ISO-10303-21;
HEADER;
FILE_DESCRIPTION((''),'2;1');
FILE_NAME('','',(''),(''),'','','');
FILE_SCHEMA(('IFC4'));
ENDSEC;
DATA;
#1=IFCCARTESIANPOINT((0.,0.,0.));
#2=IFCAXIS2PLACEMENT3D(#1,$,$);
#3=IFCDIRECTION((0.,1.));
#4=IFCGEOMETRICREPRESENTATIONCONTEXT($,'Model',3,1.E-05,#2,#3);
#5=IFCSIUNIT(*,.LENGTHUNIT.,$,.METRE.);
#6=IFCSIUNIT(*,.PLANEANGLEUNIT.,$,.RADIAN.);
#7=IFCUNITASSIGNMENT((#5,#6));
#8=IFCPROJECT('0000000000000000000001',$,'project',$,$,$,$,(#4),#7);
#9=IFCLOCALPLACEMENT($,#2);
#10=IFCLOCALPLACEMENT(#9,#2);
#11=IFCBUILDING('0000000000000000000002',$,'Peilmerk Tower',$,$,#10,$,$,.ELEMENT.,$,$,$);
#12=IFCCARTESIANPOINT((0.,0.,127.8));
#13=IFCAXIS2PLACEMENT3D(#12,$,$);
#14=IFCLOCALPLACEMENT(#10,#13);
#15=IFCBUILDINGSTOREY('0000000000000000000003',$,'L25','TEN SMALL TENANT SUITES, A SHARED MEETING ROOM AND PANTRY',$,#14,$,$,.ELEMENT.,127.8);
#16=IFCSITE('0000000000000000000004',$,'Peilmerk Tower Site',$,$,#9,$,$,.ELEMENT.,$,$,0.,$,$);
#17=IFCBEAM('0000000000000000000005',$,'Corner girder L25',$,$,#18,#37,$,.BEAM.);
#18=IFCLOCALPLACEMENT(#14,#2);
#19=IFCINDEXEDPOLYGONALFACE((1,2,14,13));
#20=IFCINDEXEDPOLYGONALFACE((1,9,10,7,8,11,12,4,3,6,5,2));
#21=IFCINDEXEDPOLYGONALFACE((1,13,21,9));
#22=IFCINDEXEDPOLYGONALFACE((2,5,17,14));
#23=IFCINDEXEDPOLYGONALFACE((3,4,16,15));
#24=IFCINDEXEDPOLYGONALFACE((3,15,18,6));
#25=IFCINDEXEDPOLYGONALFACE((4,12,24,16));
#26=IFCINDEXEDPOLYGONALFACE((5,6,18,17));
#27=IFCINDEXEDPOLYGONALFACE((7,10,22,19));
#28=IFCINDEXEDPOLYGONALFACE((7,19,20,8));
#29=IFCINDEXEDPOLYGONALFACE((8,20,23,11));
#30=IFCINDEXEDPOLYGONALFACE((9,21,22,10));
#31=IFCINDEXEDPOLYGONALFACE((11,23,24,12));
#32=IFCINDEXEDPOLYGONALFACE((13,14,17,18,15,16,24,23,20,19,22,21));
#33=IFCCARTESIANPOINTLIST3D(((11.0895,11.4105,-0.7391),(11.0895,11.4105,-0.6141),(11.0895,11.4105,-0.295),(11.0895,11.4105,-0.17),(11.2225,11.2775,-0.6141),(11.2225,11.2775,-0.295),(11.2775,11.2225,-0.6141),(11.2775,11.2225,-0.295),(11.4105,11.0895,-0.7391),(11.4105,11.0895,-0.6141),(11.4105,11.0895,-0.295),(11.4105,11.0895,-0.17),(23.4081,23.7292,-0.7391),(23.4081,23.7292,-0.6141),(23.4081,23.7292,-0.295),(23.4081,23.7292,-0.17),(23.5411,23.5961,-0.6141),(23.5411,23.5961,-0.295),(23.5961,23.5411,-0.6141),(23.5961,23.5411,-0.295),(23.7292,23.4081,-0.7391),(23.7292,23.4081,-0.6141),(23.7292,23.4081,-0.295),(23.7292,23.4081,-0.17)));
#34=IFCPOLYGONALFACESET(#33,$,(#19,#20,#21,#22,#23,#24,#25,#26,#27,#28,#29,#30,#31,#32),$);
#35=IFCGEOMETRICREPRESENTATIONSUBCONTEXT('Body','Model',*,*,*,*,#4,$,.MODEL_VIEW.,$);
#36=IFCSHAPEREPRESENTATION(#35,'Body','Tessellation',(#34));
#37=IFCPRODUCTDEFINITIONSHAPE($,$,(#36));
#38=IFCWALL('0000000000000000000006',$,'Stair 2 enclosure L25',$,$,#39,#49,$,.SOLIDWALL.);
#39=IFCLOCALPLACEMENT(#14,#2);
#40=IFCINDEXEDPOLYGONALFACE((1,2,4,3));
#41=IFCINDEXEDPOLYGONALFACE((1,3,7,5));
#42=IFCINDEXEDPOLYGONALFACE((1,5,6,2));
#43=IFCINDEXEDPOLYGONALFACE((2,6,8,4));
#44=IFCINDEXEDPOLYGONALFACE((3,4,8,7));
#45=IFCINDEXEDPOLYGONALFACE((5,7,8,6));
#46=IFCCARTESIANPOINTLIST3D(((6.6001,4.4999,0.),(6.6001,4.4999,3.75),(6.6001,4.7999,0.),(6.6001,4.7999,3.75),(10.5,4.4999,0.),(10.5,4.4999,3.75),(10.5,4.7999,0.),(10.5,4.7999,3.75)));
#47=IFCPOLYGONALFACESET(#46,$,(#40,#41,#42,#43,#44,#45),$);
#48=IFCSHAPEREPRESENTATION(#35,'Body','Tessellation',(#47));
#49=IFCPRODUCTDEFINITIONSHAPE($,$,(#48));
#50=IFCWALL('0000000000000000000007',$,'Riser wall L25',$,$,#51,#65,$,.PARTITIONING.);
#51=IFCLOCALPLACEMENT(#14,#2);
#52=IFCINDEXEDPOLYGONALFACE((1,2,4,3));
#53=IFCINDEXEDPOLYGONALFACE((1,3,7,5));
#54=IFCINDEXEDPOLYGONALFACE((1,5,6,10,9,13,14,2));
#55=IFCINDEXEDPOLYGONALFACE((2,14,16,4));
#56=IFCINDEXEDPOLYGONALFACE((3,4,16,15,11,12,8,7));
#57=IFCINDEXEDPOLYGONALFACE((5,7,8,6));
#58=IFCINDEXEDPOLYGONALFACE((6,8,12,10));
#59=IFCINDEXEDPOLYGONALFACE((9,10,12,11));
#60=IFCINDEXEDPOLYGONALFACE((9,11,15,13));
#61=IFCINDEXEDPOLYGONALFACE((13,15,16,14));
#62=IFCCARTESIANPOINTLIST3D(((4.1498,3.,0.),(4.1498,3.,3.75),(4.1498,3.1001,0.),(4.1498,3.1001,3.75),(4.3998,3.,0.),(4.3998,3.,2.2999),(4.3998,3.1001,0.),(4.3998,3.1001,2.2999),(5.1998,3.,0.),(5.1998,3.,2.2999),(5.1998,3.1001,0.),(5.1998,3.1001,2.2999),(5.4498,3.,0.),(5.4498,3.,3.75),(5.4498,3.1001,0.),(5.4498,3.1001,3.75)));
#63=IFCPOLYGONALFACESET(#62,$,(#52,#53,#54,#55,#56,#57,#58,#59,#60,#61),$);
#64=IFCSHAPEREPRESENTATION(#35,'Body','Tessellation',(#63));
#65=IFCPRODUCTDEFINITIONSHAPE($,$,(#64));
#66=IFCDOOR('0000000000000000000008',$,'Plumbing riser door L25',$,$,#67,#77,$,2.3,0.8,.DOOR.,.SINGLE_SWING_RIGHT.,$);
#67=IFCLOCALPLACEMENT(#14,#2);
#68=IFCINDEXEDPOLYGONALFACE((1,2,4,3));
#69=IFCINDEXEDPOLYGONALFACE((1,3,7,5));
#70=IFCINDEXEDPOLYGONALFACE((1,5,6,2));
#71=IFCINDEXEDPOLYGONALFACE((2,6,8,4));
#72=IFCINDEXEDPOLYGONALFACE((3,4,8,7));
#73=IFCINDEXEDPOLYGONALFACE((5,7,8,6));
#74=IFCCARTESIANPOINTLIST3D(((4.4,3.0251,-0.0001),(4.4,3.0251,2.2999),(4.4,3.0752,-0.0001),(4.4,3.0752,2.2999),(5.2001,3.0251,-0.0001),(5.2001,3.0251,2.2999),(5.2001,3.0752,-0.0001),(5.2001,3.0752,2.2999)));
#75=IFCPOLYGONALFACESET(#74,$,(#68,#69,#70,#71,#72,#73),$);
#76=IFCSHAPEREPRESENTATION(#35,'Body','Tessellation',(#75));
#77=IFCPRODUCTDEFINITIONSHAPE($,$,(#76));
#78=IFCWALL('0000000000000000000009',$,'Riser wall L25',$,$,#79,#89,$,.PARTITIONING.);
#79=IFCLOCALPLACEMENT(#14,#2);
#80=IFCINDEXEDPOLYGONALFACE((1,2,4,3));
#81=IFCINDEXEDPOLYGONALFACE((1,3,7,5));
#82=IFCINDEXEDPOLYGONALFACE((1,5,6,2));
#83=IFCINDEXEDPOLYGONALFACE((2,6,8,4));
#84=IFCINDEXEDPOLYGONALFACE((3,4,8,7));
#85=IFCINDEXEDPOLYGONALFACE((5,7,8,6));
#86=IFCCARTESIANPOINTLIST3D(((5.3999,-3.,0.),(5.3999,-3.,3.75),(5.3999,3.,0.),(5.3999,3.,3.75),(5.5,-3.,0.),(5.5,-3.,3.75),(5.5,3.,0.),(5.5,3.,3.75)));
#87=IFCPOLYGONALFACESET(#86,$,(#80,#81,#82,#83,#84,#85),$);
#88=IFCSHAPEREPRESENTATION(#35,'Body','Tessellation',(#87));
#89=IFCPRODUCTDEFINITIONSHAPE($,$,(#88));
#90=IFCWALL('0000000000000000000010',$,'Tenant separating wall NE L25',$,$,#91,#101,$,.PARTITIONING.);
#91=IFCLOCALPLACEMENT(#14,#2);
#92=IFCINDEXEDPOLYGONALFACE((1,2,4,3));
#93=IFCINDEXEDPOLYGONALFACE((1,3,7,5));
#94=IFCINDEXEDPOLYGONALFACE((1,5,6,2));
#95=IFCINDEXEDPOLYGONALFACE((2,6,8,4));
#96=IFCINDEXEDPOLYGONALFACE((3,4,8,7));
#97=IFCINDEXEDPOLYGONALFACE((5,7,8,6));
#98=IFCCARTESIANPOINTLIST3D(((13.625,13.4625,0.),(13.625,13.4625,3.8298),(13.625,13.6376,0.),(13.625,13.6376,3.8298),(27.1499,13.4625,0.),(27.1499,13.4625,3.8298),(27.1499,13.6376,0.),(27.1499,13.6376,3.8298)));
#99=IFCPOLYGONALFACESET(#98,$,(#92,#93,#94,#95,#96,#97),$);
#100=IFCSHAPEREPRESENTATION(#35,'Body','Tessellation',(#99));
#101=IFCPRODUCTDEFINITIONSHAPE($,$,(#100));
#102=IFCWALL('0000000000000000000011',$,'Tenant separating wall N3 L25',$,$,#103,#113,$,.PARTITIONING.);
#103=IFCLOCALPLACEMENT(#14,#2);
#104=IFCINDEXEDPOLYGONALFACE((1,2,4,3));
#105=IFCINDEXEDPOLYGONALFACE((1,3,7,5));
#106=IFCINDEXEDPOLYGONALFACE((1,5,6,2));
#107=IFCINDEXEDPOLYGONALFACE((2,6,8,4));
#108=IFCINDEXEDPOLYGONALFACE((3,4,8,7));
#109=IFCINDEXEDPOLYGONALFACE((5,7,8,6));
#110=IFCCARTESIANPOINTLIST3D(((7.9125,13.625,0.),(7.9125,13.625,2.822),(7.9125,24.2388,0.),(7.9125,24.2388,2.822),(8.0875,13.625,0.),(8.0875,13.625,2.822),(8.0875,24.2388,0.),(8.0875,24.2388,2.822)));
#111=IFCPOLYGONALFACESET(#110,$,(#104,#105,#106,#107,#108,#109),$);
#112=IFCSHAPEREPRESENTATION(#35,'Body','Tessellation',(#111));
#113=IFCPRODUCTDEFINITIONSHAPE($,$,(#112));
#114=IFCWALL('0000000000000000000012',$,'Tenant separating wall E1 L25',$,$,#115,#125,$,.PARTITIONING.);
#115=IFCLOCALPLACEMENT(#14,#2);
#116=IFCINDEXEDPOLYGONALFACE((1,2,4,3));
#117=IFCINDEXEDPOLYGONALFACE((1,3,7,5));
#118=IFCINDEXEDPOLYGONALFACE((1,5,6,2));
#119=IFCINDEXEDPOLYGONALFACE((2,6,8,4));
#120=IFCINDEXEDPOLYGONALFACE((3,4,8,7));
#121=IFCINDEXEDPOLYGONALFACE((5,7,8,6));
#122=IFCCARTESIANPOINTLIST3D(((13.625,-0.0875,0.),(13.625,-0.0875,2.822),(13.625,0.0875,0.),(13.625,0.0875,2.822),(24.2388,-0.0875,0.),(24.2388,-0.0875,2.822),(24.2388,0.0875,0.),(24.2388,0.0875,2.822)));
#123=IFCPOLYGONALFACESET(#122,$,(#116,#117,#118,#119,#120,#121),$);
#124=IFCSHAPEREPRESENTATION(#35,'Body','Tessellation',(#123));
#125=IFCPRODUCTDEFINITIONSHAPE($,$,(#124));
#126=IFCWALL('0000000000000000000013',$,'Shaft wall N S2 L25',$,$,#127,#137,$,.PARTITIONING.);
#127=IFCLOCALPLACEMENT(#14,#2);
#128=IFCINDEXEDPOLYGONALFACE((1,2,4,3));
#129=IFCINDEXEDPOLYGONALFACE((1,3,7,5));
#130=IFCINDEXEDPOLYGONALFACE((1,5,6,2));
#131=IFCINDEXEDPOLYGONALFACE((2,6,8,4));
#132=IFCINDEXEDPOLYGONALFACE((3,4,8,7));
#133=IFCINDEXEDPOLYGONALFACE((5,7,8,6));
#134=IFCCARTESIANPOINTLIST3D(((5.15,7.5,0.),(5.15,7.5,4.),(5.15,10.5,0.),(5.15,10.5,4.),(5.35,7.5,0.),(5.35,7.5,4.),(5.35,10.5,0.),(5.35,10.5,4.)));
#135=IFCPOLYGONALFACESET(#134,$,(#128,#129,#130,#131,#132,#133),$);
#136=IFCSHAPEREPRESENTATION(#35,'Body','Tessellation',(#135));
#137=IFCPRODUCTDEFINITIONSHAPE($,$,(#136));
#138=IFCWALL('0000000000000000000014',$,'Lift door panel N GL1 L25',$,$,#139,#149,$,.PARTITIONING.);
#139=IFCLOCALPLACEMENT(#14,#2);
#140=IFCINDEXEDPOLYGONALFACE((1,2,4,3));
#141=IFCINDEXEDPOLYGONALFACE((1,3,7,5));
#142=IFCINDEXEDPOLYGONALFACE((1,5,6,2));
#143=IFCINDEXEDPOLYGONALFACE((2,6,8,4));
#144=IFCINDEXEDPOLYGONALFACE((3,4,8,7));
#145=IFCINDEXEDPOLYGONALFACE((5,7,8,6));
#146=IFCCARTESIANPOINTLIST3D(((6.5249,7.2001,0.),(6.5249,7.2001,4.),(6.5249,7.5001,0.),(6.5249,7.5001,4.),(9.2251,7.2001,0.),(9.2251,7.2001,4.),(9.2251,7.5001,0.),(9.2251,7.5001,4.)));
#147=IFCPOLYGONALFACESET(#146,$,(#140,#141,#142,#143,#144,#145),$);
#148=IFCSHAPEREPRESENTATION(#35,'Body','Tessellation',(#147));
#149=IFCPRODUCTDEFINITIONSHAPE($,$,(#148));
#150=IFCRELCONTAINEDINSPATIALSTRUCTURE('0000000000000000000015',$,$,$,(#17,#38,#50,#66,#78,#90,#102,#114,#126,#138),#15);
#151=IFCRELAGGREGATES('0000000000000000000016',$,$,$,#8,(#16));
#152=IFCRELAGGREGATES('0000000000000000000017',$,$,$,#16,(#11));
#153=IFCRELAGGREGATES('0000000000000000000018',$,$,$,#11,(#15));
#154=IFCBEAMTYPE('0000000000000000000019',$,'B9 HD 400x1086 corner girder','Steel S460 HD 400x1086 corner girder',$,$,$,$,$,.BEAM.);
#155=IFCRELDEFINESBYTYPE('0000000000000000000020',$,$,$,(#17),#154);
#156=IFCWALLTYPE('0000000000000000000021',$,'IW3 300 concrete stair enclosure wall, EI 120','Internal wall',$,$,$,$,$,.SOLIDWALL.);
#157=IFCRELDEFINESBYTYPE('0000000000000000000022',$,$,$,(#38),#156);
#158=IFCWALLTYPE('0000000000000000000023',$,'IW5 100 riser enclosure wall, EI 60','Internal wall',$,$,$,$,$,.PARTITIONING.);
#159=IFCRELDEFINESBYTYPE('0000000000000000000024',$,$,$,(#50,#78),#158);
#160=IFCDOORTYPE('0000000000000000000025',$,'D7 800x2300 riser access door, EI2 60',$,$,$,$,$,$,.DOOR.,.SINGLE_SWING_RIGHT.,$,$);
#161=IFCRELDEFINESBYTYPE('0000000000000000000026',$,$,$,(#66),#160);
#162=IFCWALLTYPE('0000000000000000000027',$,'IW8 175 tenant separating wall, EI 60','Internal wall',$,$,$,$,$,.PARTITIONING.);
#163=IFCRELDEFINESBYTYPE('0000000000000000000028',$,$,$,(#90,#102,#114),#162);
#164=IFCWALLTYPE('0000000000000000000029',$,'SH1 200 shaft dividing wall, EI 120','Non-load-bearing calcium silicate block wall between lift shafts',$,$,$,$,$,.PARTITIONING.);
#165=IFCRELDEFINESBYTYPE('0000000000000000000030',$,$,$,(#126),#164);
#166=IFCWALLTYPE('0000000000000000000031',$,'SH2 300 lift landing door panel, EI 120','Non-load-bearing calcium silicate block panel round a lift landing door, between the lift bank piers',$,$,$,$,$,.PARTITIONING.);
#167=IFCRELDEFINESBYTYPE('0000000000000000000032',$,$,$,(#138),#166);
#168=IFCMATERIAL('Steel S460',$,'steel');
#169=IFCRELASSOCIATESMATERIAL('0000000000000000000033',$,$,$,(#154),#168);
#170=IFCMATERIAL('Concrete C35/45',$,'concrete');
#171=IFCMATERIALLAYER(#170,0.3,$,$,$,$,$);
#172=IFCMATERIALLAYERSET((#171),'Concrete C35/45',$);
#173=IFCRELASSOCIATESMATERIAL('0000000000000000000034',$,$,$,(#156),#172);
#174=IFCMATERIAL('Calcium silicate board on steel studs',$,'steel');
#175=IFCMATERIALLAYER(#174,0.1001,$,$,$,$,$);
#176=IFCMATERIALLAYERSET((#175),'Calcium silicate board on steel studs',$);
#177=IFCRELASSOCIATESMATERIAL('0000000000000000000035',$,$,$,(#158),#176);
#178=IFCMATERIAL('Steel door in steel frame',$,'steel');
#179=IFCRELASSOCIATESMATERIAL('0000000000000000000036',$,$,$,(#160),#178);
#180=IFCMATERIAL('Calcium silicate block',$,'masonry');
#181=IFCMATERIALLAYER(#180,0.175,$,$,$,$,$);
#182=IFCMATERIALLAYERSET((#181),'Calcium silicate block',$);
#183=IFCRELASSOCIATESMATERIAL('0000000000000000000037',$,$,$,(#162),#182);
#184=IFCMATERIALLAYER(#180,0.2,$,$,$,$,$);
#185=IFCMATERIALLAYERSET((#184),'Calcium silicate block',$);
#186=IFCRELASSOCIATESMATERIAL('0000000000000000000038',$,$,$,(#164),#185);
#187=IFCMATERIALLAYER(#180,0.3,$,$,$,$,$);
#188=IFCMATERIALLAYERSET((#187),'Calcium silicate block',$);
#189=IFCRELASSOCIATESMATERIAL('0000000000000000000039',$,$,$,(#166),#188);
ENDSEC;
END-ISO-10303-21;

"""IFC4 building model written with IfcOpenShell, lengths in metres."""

from ifc_helpers import new_model, si_unit, direction, frame, frame_2d, origin, origin_2d, place, context, subcontext, project, spatial, rectangle, i_section, extrude, material, layer, layer_set, material_profile, profile_set, type_object, element, fill, save


model = new_model("IFC4")

# Units and contexts
model_context = context("Model", 3, precision=1e-05, world=origin(), true_north=direction((0.0, 1.0)))
body_context = subcontext(model_context, "Body", "Model", "MODEL_VIEW")
ifc_project = project(units=[si_unit("LENGTHUNIT", "METRE"), si_unit("PLANEANGLEUNIT", "RADIAN")], contexts=[model_context])

# Site, building, storey
site_placement = place(None, origin())
site = spatial("IfcSite", under=ifc_project, at=site_placement, Name="Peilmerk Tower Site", CompositionType="ELEMENT", RefElevation=0.0)
building_placement = place(site_placement, origin())
building = spatial("IfcBuilding", under=site, at=building_placement, Name="Peilmerk Tower", CompositionType="ELEMENT")
storey_placement = place(building_placement, frame((0.0, 0.0, 127.8)))
storey = spatial("IfcBuildingStorey", under=building, at=storey_placement, Name="L25", Description="TEN SMALL TENANT SUITES, A SHARED MEETING ROOM AND PANTRY", CompositionType="ELEMENT", Elevation=127.8)

# Beam
ifc_material_1 = material(Name="Steel S460", Category="steel")
ifc_material_profile_1 = material_profile(ifc_material_1, i_section(OverallWidth=0.4541, OverallDepth=0.5691, WebThickness=0.0779, FlangeThickness=0.125, at=origin_2d()), Name="HD 400x1086")
ifc_profile_set_1 = profile_set([ifc_material_profile_1], Name="Steel S460")
beam_type_1 = type_object("IfcBeamType", Name="B9 HD 400x1086 corner girder", Description="Steel S460 HD 400x1086 corner girder", PredefinedType="BEAM", material=ifc_profile_set_1)
beam_placement = place(storey_placement, frame((11.25, 11.25, -0.4546), z_axis=(0.707107, 0.707107, 0.0), x_axis=(-0.707107, 0.707107, 0.0)))
element("IfcBeam", 1, at=beam_placement, inside=storey, type_object=beam_type_1, Name="Corner girder L25", PredefinedType="BEAM", context=body_context, shape_type="SweptSolid", body=[
    extrude(i_section(OverallWidth=0.4541, OverallDepth=0.5691, WebThickness=0.0779, FlangeThickness=0.125, at=origin_2d()), origin(), (0.0, 0.0, 1.0), 17.4211),
])

# Wall
ifc_material_2 = material(Name="Concrete C35/45", Category="concrete")
ifc_layer_1 = layer(ifc_material_2, 0.3)
ifc_layer_set_1 = layer_set([ifc_layer_1], Name="Concrete C35/45")
wall_type_1 = type_object("IfcWallType", Name="IW3 300 concrete stair enclosure wall, EI 120", Description="Internal wall", PredefinedType="SOLIDWALL", material=ifc_layer_set_1)
wall_1_placement = place(storey_placement, frame((6.6001, 4.6499, 0.0), z_axis=(0.0, 0.0, 1.0), x_axis=(1.0, 0.0, 0.0)))
element("IfcWall", 2, at=wall_1_placement, inside=storey, type_object=wall_type_1, Name="Stair 2 enclosure L25", PredefinedType="SOLIDWALL", context=body_context, shape_type="SweptSolid", body=[
    extrude(rectangle(XDim=3.8999, YDim=0.3, at=frame_2d((1.95, 0.0))), origin(), (0.0, 0.0, 1.0), 3.75),
])

# Wall, opening, door
ifc_material_3 = material(Name="Calcium silicate board on steel studs", Category="steel")
ifc_layer_2 = layer(ifc_material_3, 0.1001)
ifc_layer_set_2 = layer_set([ifc_layer_2], Name="Calcium silicate board on steel studs")
wall_type_2 = type_object("IfcWallType", Name="IW5 100 riser enclosure wall, EI 60", Description="Internal wall", PredefinedType="PARTITIONING", material=ifc_layer_set_2)
wall_2_placement = place(storey_placement, frame((4.1499, 3.05, 0.0), z_axis=(0.0, 0.0, 1.0), x_axis=(1.0, 0.0, 0.0)))
wall_2 = element("IfcWall", 3, at=wall_2_placement, inside=storey, type_object=wall_type_2, Name="Riser wall L25", PredefinedType="PARTITIONING", context=body_context, shape_type="SweptSolid", body=[
    extrude(rectangle(XDim=1.3, YDim=0.1001, at=frame_2d((0.6499, 0.0))), origin(), (0.0, 0.0, 1.0), 3.75),
])
opening_1_placement = place(wall_2_placement, frame((0.25, 0.0, 0.0)))
opening_1 = element("IfcOpeningElement", 4, at=opening_1_placement, cuts=wall_2, PredefinedType="OPENING", context=body_context, shape_type="SweptSolid", body=[
    extrude(rectangle(XDim=0.8, YDim=2.3, at=frame_2d((0.3999, 1.1499))), frame((0.0, 0.0601, 0.0), z_axis=(0.0, -1.0, 0.0), x_axis=(1.0, 0.0, 0.0)), (0.0, 0.0, 1.0), 0.1201),
])
ifc_material_4 = material(Name="Steel door in steel frame", Category="steel")
door_type_1 = type_object("IfcDoorType", Name="D7 800x2300 riser access door, EI2 60", OperationType="SINGLE_SWING_RIGHT", PredefinedType="DOOR", material=ifc_material_4)
door_1_placement = place(opening_1_placement, frame((0.8, 0.0, 0.0), z_axis=(0.0, 0.0, 1.0), x_axis=(-1.0, 0.0, 0.0)))
door_1 = element("IfcDoor", 5, at=door_1_placement, inside=storey, type_object=door_type_1, Name="Plumbing riser door L25", OperationType="SINGLE_SWING_RIGHT", OverallHeight=2.3, OverallWidth=0.8, PredefinedType="DOOR", context=body_context, shape_type="SweptSolid", body=[
    extrude(rectangle(XDim=0.8, YDim=2.3, at=frame_2d((0.3999, 1.1499))), frame((0.0, 0.0249, 0.0), z_axis=(0.0, -1.0, 0.0), x_axis=(1.0, 0.0, 0.0)), (0.0, 0.0, 1.0), 0.05),
])
fill(opening_1, door_1)

# Walls
wall_3_placement = place(storey_placement, frame((5.45, 3.0, 0.0), z_axis=(0.0, 0.0, 1.0), x_axis=(0.0, -1.0, 0.0)))
element("IfcWall", 6, at=wall_3_placement, inside=storey, type_object=wall_type_2, Name="Riser wall L25", PredefinedType="PARTITIONING", context=body_context, shape_type="SweptSolid", body=[
    extrude(rectangle(XDim=6.0, YDim=0.1001, at=frame_2d((3.0, 0.0))), origin(), (0.0, 0.0, 1.0), 3.75),
])
ifc_material_5 = material(Name="Calcium silicate block", Category="masonry")
ifc_layer_3 = layer(ifc_material_5, 0.175)
ifc_layer_set_3 = layer_set([ifc_layer_3], Name="Calcium silicate block")
wall_type_3 = type_object("IfcWallType", Name="IW8 175 tenant separating wall, EI 60", Description="Internal wall", PredefinedType="PARTITIONING", material=ifc_layer_set_3)
wall_4_placement = place(storey_placement, frame((13.625, 13.55, 0.0), z_axis=(0.0, 0.0, 1.0), x_axis=(1.0, 0.0, 0.0)))
element("IfcWall", 7, at=wall_4_placement, inside=storey, type_object=wall_type_3, Name="Tenant separating wall NE L25", PredefinedType="PARTITIONING", context=body_context, shape_type="SweptSolid", body=[
    extrude(rectangle(XDim=13.5249, YDim=0.175, at=frame_2d((6.7625, 0.0))), origin(), (0.0, 0.0, 1.0), 3.8298),
])
for number, where, z_axis, x_axis, name in (
    (8, (8.0, 13.625, 0.0), (0.0, 0.0, 1.0), (0.0, 1.0, 0.0), "Tenant separating wall N3 L25"),
    (9, (13.625, 0.0, 0.0), (0.0, 0.0, 1.0), (1.0, 0.0, 0.0), "Tenant separating wall E1 L25"),
):
    element("IfcWall", number, at=place(storey_placement, frame(where, z_axis=z_axis, x_axis=x_axis)), inside=storey, type_object=wall_type_3, Name=name, PredefinedType="PARTITIONING", context=body_context, shape_type="SweptSolid", body=[
        extrude(rectangle(XDim=10.6138, YDim=0.175, at=frame_2d((5.3069, 0.0))), origin(), (0.0, 0.0, 1.0), 2.822),
    ])
ifc_layer_4 = layer(ifc_material_5, 0.2)
ifc_layer_set_4 = layer_set([ifc_layer_4], Name="Calcium silicate block")
wall_type_4 = type_object("IfcWallType", Name="SH1 200 shaft dividing wall, EI 120", Description="Non-load-bearing calcium silicate block wall between lift shafts", PredefinedType="PARTITIONING", material=ifc_layer_set_4)
wall_5_placement = place(storey_placement, frame((5.25, 7.5, 0.0), z_axis=(0.0, 0.0, 1.0), x_axis=(0.0, 1.0, 0.0)))
element("IfcWall", 10, at=wall_5_placement, inside=storey, type_object=wall_type_4, Name="Shaft wall N S2 L25", PredefinedType="PARTITIONING", context=body_context, shape_type="SweptSolid", body=[
    extrude(rectangle(XDim=3.0, YDim=0.2, at=frame_2d((1.5, 0.0))), origin(), (0.0, 0.0, 1.0), 4.0),
])
ifc_layer_5 = layer(ifc_material_5, 0.3)
ifc_layer_set_5 = layer_set([ifc_layer_5], Name="Calcium silicate block")
wall_type_5 = type_object("IfcWallType", Name="SH2 300 lift landing door panel, EI 120", Description="Non-load-bearing calcium silicate block panel round a lift landing door, between the lift bank piers", PredefinedType="PARTITIONING", material=ifc_layer_set_5)
wall_6_placement = place(storey_placement, frame((6.5249, 7.3501, 0.0), z_axis=(0.0, 0.0, 1.0), x_axis=(1.0, 0.0, 0.0)))
element("IfcWall", 11, at=wall_6_placement, inside=storey, type_object=wall_type_5, Name="Lift door panel N GL1 L25", PredefinedType="PARTITIONING", context=body_context, shape_type="SweptSolid", body=[
    extrude(rectangle(XDim=2.7002, YDim=0.3, at=frame_2d((1.3501, 0.0))), origin(), (0.0, 0.0, 1.0), 4.0),
])

save(model, "model.ifc")
